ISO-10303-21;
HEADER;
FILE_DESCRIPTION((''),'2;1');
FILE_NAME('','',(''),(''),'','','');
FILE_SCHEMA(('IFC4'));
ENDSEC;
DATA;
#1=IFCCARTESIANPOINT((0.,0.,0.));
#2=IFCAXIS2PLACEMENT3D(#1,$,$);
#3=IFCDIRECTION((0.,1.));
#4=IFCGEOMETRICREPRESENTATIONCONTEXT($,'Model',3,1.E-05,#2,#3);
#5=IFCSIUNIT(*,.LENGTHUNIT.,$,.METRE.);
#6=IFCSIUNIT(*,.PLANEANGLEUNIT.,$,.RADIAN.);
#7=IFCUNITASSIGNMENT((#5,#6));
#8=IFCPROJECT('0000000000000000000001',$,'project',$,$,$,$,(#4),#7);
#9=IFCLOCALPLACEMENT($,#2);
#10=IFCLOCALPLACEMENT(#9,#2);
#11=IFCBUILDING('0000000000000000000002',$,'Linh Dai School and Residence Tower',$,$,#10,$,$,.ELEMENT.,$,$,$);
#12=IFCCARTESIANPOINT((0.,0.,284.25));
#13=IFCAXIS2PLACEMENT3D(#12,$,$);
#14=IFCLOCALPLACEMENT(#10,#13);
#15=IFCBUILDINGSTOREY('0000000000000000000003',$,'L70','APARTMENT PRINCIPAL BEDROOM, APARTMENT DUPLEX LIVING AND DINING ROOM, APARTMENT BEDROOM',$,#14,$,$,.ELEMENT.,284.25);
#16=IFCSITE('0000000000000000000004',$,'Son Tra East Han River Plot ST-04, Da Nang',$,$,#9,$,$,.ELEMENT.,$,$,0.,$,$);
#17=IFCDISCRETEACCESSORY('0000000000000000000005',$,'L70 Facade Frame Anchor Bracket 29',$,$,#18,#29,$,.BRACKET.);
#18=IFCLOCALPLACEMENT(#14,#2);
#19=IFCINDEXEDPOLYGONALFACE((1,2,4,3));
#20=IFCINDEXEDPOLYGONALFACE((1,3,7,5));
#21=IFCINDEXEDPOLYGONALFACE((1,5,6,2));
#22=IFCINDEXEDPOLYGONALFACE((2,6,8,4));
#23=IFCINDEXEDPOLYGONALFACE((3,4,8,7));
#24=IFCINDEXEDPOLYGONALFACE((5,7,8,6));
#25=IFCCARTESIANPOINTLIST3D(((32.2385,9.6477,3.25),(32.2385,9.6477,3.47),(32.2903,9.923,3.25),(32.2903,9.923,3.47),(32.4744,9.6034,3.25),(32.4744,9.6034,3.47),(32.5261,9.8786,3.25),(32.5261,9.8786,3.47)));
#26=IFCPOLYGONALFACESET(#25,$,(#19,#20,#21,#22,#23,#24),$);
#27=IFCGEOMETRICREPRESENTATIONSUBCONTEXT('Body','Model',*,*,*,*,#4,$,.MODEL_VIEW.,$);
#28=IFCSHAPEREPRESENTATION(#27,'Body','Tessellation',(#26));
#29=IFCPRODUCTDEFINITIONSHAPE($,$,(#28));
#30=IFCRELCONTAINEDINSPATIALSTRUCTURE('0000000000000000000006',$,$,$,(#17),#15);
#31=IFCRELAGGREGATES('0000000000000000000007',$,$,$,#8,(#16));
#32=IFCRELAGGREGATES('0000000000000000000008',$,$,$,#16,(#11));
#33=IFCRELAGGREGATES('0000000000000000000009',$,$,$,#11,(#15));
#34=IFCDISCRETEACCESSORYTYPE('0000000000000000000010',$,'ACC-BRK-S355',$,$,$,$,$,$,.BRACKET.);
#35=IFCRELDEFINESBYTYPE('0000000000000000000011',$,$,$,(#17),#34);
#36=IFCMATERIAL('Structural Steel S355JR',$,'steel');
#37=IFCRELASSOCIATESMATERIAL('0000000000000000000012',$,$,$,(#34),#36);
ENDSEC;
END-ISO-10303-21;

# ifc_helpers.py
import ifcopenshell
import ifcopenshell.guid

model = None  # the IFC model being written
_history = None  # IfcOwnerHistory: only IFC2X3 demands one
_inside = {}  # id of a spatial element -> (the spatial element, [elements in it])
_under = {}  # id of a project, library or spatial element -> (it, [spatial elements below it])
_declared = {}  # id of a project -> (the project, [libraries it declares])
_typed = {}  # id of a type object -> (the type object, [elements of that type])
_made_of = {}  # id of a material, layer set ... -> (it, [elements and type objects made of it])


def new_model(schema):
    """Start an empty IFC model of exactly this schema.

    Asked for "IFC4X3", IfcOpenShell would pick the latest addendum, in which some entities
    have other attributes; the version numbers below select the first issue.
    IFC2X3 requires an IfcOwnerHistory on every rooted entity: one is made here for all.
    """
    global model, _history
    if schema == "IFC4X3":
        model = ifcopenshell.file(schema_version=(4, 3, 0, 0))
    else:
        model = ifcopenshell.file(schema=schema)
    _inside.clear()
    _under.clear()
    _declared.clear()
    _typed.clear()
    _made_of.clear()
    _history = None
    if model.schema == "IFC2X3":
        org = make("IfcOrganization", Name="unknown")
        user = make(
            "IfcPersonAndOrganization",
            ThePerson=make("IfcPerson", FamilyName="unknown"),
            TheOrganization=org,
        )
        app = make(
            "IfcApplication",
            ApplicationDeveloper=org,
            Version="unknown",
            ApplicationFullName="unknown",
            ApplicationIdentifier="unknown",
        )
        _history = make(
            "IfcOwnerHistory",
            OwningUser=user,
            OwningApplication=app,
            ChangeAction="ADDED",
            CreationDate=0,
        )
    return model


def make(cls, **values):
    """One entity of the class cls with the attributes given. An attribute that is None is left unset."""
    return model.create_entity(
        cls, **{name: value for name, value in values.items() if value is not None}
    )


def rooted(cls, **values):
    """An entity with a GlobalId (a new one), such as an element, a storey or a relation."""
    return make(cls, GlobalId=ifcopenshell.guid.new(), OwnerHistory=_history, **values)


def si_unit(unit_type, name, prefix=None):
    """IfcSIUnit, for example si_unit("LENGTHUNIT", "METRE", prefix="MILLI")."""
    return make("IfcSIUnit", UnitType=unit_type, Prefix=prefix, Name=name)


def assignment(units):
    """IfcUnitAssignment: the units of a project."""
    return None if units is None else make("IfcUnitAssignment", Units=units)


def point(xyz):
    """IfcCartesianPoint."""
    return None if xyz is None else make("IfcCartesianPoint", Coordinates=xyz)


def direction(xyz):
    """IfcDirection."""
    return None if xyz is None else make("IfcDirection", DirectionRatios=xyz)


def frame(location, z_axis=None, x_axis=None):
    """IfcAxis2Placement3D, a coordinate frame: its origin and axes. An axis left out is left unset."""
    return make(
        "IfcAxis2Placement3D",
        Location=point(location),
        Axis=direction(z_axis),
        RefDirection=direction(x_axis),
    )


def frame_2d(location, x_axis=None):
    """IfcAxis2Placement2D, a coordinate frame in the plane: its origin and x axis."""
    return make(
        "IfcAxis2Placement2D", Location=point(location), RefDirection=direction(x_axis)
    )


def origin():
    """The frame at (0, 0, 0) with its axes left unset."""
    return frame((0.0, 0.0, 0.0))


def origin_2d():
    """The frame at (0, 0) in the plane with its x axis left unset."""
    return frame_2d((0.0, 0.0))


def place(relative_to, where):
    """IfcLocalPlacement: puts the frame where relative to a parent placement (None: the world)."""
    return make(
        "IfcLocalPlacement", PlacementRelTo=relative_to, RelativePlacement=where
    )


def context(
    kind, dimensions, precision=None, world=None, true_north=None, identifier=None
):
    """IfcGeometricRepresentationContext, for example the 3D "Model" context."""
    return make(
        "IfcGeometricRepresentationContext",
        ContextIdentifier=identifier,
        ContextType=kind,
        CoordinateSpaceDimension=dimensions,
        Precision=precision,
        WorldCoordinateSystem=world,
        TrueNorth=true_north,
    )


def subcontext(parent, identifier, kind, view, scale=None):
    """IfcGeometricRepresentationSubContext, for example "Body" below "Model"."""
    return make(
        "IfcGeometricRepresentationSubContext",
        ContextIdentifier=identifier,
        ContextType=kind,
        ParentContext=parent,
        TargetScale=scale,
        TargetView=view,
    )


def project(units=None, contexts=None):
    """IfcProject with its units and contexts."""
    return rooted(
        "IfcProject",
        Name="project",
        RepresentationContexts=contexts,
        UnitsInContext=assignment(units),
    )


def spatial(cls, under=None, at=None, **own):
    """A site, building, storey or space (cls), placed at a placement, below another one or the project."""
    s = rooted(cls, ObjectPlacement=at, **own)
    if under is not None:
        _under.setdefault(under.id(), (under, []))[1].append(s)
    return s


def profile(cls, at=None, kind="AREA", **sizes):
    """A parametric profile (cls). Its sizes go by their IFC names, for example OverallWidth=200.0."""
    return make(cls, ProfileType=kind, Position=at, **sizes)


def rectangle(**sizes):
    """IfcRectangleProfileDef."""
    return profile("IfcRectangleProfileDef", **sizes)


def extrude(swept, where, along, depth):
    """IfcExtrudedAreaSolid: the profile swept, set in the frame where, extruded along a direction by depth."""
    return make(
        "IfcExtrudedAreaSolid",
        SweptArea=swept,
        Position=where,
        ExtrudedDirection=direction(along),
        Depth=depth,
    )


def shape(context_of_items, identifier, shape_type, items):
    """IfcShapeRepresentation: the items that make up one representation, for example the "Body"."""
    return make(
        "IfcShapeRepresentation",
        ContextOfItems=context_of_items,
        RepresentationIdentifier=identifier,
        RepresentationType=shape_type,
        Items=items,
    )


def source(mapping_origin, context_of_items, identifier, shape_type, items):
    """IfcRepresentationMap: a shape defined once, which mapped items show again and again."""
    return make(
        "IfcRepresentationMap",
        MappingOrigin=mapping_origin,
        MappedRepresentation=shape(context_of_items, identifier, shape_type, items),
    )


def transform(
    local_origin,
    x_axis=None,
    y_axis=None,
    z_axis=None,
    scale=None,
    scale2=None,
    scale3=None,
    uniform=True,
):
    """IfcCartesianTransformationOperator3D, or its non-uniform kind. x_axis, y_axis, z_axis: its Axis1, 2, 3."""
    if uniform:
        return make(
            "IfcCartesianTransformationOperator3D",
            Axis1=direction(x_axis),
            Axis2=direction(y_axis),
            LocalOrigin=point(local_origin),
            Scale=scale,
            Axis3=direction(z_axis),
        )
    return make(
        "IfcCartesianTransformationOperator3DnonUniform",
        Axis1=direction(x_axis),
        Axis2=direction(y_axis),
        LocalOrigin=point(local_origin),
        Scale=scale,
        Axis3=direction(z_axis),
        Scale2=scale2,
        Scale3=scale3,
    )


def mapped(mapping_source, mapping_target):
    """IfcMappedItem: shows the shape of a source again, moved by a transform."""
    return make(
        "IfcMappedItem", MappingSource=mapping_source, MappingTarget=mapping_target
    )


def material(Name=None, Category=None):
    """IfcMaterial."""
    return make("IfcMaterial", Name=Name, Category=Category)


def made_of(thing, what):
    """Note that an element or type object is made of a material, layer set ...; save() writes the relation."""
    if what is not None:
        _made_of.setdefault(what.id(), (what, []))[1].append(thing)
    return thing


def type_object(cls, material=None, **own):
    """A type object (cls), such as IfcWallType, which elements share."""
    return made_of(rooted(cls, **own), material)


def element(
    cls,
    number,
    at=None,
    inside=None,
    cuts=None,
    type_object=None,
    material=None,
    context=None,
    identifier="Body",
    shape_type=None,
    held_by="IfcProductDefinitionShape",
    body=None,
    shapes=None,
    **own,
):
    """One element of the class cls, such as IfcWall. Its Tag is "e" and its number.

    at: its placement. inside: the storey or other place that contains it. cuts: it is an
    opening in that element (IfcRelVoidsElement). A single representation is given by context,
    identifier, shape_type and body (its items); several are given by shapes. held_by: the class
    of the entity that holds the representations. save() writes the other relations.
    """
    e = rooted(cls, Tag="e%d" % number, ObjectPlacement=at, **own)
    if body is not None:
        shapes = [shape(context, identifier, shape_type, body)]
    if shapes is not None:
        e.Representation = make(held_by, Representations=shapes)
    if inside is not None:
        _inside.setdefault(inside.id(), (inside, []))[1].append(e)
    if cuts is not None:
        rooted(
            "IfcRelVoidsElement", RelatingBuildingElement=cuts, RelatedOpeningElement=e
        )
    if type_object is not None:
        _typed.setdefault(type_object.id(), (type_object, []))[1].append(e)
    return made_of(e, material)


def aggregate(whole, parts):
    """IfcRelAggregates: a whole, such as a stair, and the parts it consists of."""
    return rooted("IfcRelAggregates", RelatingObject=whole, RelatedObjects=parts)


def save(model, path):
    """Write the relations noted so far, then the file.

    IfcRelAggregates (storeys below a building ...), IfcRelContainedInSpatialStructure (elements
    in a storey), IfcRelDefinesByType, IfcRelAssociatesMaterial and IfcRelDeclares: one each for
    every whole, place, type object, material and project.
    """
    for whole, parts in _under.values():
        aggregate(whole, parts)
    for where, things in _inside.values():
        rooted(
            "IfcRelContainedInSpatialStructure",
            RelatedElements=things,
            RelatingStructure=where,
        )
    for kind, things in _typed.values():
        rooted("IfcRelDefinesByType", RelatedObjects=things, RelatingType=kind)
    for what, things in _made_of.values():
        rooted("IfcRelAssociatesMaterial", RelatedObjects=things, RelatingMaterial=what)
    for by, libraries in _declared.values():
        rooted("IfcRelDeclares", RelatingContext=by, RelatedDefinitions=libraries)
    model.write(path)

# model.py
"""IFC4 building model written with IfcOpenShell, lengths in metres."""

from ifc_helpers import new_model, si_unit, direction, frame, origin, origin_2d, place, context, subcontext, project, spatial, rectangle, extrude, source, transform, mapped, material, type_object, element, save


model = new_model("IFC4")

# Units and contexts
model_context = context("Model", 3, precision=1e-05, world=origin(), true_north=direction((0.0, 1.0)))
body_context = subcontext(model_context, "Body", "Model", "MODEL_VIEW")
ifc_project = project(units=[si_unit("LENGTHUNIT", "METRE"), si_unit("PLANEANGLEUNIT", "RADIAN")], contexts=[model_context])

# Site, building, storey
site_placement = place(None, origin())
site = spatial("IfcSite", under=ifc_project, at=site_placement, Name="Son Tra East Han River Plot ST-04, Da Nang", CompositionType="ELEMENT", RefElevation=0.0)
building_placement = place(site_placement, origin())
building = spatial("IfcBuilding", under=site, at=building_placement, Name="Linh Dai School and Residence Tower", CompositionType="ELEMENT")
storey_placement = place(building_placement, frame((0.0, 0.0, 284.25)))
storey = spatial("IfcBuildingStorey", under=building, at=storey_placement, Name="L70", Description="APARTMENT PRINCIPAL BEDROOM, APARTMENT DUPLEX LIVING AND DINING ROOM, APARTMENT BEDROOM", CompositionType="ELEMENT", Elevation=284.25)

# Shared definitions
ifc_material_1 = material(Name="Structural Steel S355JR", Category="steel")

# Discrete accessory
discrete_accessory_type = type_object("IfcDiscreteAccessoryType", Name="ACC-BRK-S355", PredefinedType="BRACKET", material=ifc_material_1)
shared_shape_1 = source(origin(), body_context, "Body", "SweptSolid", [
    extrude(rectangle(XDim=0.28, YDim=0.24, at=origin_2d()), origin(), (0.0, 0.0, 1.0), 0.22),
])
discrete_accessory_placement = place(storey_placement, frame((32.3823, 9.7632, 3.25), z_axis=(0.0, 0.0, 1.0), x_axis=(-0.184751, -0.982785, 0.0)))
element("IfcDiscreteAccessory", 1, at=discrete_accessory_placement, inside=storey, type_object=discrete_accessory_type, Name="L70 Facade Frame Anchor Bracket 29", PredefinedType="BRACKET", context=body_context, shape_type="MappedRepresentation", body=[
    mapped(shared_shape_1, transform((0.0, 0.0, 0.0), x_axis=(1.0, 0.0, 0.0), y_axis=(0.0, 1.0, 0.0), z_axis=(0.0, 0.0, 1.0), scale=1.0)),
])

save(model, "model.ifc")
